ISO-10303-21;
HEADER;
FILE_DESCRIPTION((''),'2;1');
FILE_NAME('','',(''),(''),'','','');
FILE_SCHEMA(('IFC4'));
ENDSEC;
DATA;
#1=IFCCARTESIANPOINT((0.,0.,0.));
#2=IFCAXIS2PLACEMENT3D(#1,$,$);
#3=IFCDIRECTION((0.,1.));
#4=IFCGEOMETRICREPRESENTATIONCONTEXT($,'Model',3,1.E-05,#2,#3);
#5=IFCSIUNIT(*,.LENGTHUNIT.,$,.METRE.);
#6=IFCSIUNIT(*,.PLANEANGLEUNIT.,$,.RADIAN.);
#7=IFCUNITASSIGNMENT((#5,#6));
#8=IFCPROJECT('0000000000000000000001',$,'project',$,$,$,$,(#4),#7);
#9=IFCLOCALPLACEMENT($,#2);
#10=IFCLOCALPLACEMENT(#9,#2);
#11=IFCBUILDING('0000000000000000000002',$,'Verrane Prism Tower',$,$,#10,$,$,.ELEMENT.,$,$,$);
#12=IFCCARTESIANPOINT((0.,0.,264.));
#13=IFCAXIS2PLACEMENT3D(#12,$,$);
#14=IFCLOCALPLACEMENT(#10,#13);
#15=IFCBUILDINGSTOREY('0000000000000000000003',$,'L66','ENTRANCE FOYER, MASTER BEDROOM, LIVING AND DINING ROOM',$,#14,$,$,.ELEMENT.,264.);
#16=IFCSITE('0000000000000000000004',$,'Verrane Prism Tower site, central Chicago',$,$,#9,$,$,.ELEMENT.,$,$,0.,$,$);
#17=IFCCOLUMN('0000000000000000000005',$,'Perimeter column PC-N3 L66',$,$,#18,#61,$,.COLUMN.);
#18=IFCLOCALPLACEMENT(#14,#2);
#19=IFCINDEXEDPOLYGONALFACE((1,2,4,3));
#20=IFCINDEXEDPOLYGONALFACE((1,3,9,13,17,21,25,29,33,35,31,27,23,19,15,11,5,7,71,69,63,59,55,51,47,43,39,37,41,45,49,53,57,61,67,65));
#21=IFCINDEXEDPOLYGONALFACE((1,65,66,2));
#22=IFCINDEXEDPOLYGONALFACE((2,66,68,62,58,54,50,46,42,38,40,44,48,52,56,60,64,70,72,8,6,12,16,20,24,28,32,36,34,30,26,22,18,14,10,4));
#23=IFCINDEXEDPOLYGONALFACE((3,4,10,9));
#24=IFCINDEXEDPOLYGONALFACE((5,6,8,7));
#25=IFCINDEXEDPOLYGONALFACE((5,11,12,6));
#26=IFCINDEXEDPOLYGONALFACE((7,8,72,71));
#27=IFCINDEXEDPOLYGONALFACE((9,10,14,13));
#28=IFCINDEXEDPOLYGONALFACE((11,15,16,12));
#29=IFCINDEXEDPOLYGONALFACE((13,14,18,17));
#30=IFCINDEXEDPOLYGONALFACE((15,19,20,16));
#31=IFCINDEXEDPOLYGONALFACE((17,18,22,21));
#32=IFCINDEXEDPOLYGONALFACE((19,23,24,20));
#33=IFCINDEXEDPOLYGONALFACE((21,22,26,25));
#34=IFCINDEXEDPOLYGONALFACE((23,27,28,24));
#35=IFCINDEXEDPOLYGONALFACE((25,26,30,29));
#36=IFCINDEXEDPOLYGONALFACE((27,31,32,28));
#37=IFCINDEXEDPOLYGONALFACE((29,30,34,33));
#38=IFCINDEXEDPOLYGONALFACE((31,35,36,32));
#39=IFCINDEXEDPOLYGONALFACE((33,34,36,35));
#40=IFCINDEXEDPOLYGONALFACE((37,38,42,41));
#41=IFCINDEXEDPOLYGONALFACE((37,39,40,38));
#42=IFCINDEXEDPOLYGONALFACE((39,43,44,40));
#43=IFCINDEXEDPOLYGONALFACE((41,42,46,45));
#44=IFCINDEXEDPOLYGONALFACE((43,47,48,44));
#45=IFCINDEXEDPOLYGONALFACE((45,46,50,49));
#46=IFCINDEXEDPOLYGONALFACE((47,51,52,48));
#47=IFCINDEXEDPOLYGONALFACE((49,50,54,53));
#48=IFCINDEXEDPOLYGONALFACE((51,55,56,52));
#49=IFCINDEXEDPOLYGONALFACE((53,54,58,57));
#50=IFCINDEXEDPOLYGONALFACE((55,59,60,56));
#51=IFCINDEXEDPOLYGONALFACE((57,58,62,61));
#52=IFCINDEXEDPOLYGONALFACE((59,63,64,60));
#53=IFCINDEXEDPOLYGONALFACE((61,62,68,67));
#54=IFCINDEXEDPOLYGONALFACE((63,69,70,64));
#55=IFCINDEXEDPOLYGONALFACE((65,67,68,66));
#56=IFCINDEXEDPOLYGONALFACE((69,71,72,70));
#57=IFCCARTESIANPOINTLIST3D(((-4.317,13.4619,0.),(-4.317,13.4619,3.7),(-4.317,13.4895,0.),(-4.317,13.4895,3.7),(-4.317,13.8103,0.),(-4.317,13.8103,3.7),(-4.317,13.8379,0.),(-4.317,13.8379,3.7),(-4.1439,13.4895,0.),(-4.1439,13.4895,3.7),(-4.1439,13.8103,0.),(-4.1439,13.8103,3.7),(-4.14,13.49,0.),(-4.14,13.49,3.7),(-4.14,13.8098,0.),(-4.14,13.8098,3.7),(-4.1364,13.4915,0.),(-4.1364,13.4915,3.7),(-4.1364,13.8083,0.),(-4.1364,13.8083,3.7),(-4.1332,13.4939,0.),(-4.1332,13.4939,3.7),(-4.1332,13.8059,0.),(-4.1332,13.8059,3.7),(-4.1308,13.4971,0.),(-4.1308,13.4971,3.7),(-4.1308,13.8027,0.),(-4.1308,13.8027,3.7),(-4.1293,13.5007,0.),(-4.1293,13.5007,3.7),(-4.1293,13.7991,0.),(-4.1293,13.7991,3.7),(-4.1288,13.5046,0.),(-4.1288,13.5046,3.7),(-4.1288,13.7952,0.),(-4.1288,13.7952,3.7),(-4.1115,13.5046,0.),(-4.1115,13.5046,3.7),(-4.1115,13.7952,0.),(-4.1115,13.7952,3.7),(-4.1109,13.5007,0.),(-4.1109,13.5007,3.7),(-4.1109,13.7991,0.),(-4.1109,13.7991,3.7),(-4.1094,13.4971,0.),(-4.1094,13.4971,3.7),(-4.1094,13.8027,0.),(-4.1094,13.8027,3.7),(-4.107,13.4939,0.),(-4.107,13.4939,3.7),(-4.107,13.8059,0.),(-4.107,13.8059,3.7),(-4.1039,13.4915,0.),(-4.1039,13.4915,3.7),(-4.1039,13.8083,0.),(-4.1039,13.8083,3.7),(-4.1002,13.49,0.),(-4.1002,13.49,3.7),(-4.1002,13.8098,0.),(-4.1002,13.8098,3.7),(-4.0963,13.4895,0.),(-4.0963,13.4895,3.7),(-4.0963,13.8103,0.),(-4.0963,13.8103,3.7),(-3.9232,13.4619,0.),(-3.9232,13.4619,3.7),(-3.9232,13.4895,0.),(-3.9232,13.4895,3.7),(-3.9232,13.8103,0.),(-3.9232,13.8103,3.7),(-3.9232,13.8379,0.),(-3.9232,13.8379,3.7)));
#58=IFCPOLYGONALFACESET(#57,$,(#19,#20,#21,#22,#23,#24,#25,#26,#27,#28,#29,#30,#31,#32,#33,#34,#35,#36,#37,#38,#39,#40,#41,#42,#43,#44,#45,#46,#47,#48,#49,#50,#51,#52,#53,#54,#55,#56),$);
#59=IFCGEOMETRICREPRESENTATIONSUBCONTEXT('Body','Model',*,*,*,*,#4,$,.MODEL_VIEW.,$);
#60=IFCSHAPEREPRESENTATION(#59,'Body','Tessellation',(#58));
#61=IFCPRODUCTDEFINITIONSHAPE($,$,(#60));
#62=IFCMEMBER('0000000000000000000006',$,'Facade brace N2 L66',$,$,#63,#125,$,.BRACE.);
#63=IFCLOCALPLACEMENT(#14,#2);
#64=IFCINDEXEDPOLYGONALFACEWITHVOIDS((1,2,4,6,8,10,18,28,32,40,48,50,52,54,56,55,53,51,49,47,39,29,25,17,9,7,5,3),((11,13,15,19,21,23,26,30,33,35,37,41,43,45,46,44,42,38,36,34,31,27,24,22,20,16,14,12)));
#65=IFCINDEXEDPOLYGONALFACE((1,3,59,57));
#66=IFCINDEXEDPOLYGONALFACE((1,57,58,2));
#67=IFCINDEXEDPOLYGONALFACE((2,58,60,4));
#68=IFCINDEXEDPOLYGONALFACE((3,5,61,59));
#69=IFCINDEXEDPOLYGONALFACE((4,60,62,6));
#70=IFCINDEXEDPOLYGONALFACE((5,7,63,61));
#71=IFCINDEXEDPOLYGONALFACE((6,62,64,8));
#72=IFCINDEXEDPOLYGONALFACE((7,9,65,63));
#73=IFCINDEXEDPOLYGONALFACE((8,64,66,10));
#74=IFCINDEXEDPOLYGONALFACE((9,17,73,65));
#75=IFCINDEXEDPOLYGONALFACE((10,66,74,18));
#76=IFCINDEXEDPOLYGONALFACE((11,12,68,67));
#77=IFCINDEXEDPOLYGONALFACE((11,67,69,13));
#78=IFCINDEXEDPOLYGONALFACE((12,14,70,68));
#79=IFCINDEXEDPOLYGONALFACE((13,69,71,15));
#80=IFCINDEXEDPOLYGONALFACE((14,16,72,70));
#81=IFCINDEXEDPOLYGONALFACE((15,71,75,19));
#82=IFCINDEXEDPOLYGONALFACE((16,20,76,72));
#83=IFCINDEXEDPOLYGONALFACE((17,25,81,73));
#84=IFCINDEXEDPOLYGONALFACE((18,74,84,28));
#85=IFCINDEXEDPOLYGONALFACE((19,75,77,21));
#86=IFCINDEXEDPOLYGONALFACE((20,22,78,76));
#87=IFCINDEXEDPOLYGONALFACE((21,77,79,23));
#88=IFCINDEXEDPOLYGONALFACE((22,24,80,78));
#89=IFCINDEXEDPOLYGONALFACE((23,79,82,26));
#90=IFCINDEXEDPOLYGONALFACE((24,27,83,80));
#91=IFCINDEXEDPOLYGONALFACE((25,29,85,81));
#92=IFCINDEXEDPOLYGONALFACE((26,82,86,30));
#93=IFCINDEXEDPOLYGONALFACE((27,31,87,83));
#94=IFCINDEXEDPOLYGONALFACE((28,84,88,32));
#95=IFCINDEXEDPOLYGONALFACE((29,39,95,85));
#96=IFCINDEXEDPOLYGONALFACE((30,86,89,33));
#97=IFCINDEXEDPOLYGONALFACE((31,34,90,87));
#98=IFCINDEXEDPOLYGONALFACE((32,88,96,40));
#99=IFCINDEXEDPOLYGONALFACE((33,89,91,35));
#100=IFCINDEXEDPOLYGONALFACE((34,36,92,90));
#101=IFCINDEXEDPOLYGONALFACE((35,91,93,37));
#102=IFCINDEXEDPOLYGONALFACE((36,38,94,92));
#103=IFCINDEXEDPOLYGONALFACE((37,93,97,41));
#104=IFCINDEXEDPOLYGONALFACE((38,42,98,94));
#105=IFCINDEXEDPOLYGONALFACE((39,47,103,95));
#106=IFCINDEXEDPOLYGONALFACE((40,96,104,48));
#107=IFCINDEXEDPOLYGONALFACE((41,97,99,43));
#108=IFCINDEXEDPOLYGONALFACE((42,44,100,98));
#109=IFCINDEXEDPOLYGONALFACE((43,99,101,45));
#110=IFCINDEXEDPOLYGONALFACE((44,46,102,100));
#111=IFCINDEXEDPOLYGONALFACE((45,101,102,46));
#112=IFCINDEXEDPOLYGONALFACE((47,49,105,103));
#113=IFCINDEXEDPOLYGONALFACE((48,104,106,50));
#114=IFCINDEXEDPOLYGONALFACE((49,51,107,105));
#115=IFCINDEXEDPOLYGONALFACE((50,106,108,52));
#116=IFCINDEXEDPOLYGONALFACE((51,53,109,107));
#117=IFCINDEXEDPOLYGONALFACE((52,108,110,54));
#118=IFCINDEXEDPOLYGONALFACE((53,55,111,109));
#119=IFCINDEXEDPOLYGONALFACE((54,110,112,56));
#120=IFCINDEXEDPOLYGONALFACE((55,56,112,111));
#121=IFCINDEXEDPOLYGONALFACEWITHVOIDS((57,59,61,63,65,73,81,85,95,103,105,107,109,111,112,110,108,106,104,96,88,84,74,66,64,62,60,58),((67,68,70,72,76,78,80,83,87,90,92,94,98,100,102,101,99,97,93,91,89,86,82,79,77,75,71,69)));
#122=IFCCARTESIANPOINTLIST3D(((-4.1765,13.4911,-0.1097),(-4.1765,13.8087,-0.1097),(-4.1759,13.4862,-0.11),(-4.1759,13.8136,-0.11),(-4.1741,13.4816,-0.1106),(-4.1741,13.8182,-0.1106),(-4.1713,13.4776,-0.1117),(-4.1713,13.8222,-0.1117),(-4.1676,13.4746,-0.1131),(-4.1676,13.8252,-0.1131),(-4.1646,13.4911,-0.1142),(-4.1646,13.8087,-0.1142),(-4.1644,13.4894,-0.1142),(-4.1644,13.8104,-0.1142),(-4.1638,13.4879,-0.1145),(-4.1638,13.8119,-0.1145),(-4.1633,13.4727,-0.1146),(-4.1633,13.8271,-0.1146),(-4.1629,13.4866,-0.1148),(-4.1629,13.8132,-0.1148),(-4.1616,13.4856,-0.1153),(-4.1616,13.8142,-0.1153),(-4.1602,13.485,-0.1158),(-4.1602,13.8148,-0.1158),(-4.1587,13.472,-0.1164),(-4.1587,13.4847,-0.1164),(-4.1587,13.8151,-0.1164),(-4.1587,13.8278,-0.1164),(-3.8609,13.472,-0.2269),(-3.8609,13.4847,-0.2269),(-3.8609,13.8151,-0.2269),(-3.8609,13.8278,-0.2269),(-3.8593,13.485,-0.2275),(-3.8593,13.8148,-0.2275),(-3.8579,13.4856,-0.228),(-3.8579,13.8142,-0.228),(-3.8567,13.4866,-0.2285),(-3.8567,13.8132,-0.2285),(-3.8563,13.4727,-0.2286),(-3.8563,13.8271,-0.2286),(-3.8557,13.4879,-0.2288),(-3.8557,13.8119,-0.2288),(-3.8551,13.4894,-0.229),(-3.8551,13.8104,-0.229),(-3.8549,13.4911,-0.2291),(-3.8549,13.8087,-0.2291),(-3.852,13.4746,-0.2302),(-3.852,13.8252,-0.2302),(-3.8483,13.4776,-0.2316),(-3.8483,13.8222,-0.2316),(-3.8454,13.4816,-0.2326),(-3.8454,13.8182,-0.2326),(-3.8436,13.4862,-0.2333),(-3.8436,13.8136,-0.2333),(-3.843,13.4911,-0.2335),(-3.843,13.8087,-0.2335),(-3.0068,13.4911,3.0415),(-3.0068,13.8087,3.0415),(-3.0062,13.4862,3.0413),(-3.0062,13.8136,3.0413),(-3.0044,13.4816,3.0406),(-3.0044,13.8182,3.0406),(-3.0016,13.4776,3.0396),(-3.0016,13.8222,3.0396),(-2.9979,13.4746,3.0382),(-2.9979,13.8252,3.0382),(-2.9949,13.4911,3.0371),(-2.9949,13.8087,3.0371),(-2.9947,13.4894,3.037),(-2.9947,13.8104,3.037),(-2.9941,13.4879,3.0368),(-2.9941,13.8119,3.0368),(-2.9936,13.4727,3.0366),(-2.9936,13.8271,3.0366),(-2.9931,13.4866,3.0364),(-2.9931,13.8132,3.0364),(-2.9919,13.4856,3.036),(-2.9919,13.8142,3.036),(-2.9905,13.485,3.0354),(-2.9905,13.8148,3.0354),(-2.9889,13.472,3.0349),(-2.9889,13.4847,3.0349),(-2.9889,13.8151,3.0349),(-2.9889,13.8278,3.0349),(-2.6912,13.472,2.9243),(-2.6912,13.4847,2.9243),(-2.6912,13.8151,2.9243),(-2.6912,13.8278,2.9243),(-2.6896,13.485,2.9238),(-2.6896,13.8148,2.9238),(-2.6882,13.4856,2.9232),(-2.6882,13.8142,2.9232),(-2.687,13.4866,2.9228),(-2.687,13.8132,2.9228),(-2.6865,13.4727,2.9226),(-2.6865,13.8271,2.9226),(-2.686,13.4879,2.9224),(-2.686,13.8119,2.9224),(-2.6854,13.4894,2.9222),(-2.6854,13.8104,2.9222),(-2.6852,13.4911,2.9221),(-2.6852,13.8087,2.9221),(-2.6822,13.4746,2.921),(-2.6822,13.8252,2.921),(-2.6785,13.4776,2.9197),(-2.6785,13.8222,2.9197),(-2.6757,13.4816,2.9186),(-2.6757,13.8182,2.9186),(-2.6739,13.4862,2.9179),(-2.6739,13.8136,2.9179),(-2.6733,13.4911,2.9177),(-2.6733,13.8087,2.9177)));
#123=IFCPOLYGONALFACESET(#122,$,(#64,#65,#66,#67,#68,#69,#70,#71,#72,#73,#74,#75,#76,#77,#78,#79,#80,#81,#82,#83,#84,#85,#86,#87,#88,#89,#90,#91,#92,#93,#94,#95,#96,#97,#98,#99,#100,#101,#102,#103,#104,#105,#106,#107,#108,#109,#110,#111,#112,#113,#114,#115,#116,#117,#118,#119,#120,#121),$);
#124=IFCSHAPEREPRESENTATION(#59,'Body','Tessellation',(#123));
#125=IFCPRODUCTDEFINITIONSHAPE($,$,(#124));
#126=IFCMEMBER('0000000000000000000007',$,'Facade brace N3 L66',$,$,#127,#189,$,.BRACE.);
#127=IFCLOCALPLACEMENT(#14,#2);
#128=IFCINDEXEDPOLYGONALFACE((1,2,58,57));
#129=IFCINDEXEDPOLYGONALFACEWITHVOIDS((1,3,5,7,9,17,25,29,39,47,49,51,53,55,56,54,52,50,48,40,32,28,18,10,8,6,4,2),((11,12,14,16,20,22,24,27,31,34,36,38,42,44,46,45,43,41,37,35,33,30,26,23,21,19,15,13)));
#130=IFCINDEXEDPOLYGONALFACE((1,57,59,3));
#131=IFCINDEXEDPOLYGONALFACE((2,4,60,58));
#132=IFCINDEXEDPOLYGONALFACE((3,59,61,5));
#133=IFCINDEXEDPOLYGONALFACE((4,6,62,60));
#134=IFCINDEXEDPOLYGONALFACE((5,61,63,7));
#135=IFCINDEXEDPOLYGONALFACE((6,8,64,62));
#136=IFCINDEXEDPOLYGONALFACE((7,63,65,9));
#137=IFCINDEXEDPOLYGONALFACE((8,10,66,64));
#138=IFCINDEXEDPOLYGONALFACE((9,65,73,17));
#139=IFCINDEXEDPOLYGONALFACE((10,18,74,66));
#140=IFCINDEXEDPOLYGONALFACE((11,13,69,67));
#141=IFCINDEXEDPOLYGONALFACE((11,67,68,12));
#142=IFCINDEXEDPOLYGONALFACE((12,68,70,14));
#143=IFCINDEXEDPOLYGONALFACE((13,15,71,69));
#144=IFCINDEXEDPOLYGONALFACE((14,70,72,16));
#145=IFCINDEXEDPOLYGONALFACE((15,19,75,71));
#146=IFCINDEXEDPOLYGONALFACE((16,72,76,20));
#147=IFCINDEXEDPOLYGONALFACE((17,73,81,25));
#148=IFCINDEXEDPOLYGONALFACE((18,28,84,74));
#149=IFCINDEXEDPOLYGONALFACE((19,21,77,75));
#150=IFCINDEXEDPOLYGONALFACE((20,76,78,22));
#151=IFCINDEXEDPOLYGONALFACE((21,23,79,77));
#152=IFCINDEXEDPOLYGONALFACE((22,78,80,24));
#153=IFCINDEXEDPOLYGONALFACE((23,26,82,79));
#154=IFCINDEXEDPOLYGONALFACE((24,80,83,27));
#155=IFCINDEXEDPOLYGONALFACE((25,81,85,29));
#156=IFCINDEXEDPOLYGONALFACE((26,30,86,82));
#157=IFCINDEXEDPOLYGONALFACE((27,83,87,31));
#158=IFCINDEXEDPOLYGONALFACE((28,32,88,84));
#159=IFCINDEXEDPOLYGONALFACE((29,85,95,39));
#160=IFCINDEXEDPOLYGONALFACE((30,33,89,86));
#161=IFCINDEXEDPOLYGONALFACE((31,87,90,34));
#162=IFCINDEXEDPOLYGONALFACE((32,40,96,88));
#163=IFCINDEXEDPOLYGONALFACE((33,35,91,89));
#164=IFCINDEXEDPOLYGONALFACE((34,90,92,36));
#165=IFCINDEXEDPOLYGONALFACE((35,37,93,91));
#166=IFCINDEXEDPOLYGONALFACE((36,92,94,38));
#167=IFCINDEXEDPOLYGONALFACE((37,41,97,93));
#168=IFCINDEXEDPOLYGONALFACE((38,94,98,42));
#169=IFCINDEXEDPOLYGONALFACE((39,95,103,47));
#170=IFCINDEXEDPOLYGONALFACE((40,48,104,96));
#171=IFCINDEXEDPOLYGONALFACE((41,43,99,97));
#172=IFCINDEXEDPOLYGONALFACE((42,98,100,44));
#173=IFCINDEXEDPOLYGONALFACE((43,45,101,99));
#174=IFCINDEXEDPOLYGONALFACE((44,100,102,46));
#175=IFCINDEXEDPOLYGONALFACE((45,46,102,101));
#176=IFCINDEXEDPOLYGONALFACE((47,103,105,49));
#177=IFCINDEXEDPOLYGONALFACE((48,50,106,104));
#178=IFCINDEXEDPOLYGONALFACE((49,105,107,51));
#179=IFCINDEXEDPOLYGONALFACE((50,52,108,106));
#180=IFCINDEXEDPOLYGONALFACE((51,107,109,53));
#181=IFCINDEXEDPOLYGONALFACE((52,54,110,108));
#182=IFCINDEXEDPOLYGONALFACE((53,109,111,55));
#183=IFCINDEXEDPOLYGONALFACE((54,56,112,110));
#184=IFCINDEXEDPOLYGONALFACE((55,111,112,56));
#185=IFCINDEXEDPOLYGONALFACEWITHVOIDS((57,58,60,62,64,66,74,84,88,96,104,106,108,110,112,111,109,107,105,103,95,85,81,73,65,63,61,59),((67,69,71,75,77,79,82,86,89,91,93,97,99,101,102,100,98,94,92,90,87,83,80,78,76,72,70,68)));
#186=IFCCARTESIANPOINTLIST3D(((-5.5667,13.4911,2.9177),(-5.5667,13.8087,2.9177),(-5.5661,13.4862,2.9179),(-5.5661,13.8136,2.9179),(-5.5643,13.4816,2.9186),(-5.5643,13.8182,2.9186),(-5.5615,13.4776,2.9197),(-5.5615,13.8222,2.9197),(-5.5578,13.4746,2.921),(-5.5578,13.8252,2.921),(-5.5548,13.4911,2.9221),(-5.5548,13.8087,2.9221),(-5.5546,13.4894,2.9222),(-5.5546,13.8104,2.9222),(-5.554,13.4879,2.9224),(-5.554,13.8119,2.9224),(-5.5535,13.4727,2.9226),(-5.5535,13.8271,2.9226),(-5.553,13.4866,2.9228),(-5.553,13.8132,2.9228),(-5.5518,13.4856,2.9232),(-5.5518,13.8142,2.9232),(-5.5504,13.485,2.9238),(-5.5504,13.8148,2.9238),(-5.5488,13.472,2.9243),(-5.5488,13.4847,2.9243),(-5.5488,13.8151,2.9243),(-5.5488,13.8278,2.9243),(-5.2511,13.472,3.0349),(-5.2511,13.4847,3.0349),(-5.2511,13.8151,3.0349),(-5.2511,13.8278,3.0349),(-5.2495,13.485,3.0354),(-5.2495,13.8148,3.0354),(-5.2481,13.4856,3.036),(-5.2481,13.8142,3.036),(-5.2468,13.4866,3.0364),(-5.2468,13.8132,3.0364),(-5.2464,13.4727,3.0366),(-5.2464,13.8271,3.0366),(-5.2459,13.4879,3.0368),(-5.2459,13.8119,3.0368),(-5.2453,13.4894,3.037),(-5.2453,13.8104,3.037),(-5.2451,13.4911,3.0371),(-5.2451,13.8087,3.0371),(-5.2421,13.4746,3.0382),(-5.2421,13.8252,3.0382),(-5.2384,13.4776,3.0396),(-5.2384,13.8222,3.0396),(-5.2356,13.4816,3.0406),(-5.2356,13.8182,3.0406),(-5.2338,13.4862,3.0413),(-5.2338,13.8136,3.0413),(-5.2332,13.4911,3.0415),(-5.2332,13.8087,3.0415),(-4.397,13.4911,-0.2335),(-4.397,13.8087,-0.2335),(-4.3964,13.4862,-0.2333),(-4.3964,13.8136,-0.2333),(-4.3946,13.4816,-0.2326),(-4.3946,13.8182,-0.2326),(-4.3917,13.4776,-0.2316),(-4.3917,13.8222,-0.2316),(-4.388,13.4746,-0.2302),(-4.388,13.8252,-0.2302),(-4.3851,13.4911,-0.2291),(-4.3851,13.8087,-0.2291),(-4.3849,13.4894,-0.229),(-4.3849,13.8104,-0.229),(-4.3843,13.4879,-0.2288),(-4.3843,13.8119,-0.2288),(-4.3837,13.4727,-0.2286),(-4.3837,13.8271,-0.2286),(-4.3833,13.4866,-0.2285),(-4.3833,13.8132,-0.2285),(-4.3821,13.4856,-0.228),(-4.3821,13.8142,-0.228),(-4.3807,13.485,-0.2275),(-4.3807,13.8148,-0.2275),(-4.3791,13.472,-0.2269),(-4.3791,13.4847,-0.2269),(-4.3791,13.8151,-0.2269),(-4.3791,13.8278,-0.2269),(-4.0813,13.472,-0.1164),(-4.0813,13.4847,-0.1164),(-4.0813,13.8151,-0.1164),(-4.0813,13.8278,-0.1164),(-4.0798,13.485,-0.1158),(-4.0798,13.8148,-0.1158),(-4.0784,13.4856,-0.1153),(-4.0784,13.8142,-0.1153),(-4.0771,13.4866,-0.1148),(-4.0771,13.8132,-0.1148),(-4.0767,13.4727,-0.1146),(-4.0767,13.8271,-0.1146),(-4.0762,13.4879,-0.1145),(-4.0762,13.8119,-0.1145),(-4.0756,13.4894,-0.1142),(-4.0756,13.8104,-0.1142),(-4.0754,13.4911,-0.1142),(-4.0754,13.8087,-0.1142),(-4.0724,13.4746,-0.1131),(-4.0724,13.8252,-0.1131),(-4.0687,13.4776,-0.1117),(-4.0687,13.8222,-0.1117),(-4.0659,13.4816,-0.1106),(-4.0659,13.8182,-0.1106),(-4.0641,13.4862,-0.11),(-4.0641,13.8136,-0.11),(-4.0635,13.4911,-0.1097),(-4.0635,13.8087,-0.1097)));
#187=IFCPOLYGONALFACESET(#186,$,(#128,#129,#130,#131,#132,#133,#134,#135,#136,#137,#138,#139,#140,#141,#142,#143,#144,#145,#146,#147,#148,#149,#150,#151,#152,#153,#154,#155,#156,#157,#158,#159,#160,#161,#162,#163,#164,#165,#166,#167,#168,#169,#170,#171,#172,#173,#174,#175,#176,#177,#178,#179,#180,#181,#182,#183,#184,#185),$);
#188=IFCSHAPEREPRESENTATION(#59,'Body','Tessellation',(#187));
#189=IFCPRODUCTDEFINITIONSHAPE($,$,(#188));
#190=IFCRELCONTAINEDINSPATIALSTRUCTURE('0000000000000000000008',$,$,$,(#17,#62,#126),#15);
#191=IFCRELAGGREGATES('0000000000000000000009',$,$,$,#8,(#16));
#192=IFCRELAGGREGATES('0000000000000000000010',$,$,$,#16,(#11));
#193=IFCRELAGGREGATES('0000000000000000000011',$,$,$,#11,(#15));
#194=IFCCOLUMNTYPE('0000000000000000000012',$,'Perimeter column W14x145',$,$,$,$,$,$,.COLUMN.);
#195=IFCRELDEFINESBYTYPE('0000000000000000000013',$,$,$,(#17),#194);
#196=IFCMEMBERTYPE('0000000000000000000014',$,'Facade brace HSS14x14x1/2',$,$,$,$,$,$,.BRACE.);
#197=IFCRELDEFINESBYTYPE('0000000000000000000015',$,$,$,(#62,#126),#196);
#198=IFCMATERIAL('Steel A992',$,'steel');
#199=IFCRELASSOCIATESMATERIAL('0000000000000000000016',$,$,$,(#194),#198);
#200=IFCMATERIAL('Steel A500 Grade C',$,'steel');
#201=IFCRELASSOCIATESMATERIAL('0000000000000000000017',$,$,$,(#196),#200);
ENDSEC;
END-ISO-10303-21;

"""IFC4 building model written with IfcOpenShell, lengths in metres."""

from ifc_helpers import new_model, si_unit, direction, frame, origin, origin_2d, place, context, subcontext, project, spatial, hollow_rectangle, i_section, extrude, material, material_profile, profile_set, type_object, element, save


model = new_model("IFC4")

# Units and contexts
model_context = context("Model", 3, precision=1e-05, world=origin(), true_north=direction((0.0, 1.0)))
body_context = subcontext(model_context, "Body", "Model", "MODEL_VIEW")
ifc_project = project(units=[si_unit("LENGTHUNIT", "METRE"), si_unit("PLANEANGLEUNIT", "RADIAN")], contexts=[model_context])

# Site, building, storey
site_placement = place(None, origin())
site = spatial("IfcSite", under=ifc_project, at=site_placement, Name="Verrane Prism Tower site, central Chicago", CompositionType="ELEMENT", RefElevation=0.0)
building_placement = place(site_placement, origin())
building = spatial("IfcBuilding", under=site, at=building_placement, Name="Verrane Prism Tower", CompositionType="ELEMENT")
storey_placement = place(building_placement, frame((0.0, 0.0, 264.0)))
storey = spatial("IfcBuildingStorey", under=building, at=storey_placement, Name="L66", Description="ENTRANCE FOYER, MASTER BEDROOM, LIVING AND DINING ROOM", CompositionType="ELEMENT", Elevation=264.0)

# Column
ifc_material_1 = material(Name="Steel A992", Category="steel")
ifc_material_profile_1 = material_profile(ifc_material_1, i_section(OverallWidth=0.3938, OverallDepth=0.376, WebThickness=0.0173, FlangeThickness=0.0276, FilletRadius=0.0151, at=origin_2d()), Name="W14x145")
ifc_profile_set_1 = profile_set([ifc_material_profile_1], Name="Steel A992")
column_type = type_object("IfcColumnType", Name="Perimeter column W14x145", PredefinedType="COLUMN", material=ifc_profile_set_1)
column_placement = place(storey_placement, frame((-4.1201, 13.6499, 0.0), z_axis=(0.0, 0.0, 1.0), x_axis=(1.0, 0.0, 0.0)))
element("IfcColumn", 1, at=column_placement, inside=storey, type_object=column_type, Name="Perimeter column PC-N3 L66", PredefinedType="COLUMN", context=body_context, shape_type="SweptSolid", body=[
    extrude(i_section(OverallWidth=0.3938, OverallDepth=0.376, WebThickness=0.0173, FlangeThickness=0.0276, FilletRadius=0.0151, at=origin_2d()), origin(), (0.0, 0.0, 1.0), 3.7),
])

# Members
ifc_material_2 = material(Name="Steel A500 Grade C", Category="steel")
ifc_material_profile_2 = material_profile(ifc_material_2, hollow_rectangle(XDim=0.3557, YDim=0.3557, WallThickness=0.0127, InnerFilletRadius=0.0063, OuterFilletRadius=0.019, at=origin_2d()), Name="HSS14x14x1/2")
ifc_profile_set_2 = profile_set([ifc_material_profile_2], Name="Steel A500 Grade C")
member_type_1 = type_object("IfcMemberType", Name="Facade brace HSS14x14x1/2", PredefinedType="BRACE", material=ifc_profile_set_2)
for number, where, z_axis, x_axis, name in (
    (2, (-4.0098, 13.6499, -0.1716), (0.347993, 0.0, 0.937497), (0.0, 1.0, 0.0), "Facade brace N2 L66"),
    (3, (-4.2302, 13.6499, -0.1716), (-0.347993, 0.0, 0.937497), (0.0, -1.0, 0.0), "Facade brace N3 L66"),
):
    element("IfcMember", number, at=place(storey_placement, frame(where, z_axis=z_axis, x_axis=x_axis)), inside=storey, type_object=member_type_1, Name=name, PredefinedType="BRACE", context=body_context, shape_type="SweptSolid", body=[
        extrude(hollow_rectangle(XDim=0.3557, YDim=0.3557, WallThickness=0.0127, InnerFilletRadius=0.0063, OuterFilletRadius=0.019, at=origin_2d()), origin(), (0.0, 0.0, 1.0), 3.3613),
    ])

save(model, "model.ifc")
